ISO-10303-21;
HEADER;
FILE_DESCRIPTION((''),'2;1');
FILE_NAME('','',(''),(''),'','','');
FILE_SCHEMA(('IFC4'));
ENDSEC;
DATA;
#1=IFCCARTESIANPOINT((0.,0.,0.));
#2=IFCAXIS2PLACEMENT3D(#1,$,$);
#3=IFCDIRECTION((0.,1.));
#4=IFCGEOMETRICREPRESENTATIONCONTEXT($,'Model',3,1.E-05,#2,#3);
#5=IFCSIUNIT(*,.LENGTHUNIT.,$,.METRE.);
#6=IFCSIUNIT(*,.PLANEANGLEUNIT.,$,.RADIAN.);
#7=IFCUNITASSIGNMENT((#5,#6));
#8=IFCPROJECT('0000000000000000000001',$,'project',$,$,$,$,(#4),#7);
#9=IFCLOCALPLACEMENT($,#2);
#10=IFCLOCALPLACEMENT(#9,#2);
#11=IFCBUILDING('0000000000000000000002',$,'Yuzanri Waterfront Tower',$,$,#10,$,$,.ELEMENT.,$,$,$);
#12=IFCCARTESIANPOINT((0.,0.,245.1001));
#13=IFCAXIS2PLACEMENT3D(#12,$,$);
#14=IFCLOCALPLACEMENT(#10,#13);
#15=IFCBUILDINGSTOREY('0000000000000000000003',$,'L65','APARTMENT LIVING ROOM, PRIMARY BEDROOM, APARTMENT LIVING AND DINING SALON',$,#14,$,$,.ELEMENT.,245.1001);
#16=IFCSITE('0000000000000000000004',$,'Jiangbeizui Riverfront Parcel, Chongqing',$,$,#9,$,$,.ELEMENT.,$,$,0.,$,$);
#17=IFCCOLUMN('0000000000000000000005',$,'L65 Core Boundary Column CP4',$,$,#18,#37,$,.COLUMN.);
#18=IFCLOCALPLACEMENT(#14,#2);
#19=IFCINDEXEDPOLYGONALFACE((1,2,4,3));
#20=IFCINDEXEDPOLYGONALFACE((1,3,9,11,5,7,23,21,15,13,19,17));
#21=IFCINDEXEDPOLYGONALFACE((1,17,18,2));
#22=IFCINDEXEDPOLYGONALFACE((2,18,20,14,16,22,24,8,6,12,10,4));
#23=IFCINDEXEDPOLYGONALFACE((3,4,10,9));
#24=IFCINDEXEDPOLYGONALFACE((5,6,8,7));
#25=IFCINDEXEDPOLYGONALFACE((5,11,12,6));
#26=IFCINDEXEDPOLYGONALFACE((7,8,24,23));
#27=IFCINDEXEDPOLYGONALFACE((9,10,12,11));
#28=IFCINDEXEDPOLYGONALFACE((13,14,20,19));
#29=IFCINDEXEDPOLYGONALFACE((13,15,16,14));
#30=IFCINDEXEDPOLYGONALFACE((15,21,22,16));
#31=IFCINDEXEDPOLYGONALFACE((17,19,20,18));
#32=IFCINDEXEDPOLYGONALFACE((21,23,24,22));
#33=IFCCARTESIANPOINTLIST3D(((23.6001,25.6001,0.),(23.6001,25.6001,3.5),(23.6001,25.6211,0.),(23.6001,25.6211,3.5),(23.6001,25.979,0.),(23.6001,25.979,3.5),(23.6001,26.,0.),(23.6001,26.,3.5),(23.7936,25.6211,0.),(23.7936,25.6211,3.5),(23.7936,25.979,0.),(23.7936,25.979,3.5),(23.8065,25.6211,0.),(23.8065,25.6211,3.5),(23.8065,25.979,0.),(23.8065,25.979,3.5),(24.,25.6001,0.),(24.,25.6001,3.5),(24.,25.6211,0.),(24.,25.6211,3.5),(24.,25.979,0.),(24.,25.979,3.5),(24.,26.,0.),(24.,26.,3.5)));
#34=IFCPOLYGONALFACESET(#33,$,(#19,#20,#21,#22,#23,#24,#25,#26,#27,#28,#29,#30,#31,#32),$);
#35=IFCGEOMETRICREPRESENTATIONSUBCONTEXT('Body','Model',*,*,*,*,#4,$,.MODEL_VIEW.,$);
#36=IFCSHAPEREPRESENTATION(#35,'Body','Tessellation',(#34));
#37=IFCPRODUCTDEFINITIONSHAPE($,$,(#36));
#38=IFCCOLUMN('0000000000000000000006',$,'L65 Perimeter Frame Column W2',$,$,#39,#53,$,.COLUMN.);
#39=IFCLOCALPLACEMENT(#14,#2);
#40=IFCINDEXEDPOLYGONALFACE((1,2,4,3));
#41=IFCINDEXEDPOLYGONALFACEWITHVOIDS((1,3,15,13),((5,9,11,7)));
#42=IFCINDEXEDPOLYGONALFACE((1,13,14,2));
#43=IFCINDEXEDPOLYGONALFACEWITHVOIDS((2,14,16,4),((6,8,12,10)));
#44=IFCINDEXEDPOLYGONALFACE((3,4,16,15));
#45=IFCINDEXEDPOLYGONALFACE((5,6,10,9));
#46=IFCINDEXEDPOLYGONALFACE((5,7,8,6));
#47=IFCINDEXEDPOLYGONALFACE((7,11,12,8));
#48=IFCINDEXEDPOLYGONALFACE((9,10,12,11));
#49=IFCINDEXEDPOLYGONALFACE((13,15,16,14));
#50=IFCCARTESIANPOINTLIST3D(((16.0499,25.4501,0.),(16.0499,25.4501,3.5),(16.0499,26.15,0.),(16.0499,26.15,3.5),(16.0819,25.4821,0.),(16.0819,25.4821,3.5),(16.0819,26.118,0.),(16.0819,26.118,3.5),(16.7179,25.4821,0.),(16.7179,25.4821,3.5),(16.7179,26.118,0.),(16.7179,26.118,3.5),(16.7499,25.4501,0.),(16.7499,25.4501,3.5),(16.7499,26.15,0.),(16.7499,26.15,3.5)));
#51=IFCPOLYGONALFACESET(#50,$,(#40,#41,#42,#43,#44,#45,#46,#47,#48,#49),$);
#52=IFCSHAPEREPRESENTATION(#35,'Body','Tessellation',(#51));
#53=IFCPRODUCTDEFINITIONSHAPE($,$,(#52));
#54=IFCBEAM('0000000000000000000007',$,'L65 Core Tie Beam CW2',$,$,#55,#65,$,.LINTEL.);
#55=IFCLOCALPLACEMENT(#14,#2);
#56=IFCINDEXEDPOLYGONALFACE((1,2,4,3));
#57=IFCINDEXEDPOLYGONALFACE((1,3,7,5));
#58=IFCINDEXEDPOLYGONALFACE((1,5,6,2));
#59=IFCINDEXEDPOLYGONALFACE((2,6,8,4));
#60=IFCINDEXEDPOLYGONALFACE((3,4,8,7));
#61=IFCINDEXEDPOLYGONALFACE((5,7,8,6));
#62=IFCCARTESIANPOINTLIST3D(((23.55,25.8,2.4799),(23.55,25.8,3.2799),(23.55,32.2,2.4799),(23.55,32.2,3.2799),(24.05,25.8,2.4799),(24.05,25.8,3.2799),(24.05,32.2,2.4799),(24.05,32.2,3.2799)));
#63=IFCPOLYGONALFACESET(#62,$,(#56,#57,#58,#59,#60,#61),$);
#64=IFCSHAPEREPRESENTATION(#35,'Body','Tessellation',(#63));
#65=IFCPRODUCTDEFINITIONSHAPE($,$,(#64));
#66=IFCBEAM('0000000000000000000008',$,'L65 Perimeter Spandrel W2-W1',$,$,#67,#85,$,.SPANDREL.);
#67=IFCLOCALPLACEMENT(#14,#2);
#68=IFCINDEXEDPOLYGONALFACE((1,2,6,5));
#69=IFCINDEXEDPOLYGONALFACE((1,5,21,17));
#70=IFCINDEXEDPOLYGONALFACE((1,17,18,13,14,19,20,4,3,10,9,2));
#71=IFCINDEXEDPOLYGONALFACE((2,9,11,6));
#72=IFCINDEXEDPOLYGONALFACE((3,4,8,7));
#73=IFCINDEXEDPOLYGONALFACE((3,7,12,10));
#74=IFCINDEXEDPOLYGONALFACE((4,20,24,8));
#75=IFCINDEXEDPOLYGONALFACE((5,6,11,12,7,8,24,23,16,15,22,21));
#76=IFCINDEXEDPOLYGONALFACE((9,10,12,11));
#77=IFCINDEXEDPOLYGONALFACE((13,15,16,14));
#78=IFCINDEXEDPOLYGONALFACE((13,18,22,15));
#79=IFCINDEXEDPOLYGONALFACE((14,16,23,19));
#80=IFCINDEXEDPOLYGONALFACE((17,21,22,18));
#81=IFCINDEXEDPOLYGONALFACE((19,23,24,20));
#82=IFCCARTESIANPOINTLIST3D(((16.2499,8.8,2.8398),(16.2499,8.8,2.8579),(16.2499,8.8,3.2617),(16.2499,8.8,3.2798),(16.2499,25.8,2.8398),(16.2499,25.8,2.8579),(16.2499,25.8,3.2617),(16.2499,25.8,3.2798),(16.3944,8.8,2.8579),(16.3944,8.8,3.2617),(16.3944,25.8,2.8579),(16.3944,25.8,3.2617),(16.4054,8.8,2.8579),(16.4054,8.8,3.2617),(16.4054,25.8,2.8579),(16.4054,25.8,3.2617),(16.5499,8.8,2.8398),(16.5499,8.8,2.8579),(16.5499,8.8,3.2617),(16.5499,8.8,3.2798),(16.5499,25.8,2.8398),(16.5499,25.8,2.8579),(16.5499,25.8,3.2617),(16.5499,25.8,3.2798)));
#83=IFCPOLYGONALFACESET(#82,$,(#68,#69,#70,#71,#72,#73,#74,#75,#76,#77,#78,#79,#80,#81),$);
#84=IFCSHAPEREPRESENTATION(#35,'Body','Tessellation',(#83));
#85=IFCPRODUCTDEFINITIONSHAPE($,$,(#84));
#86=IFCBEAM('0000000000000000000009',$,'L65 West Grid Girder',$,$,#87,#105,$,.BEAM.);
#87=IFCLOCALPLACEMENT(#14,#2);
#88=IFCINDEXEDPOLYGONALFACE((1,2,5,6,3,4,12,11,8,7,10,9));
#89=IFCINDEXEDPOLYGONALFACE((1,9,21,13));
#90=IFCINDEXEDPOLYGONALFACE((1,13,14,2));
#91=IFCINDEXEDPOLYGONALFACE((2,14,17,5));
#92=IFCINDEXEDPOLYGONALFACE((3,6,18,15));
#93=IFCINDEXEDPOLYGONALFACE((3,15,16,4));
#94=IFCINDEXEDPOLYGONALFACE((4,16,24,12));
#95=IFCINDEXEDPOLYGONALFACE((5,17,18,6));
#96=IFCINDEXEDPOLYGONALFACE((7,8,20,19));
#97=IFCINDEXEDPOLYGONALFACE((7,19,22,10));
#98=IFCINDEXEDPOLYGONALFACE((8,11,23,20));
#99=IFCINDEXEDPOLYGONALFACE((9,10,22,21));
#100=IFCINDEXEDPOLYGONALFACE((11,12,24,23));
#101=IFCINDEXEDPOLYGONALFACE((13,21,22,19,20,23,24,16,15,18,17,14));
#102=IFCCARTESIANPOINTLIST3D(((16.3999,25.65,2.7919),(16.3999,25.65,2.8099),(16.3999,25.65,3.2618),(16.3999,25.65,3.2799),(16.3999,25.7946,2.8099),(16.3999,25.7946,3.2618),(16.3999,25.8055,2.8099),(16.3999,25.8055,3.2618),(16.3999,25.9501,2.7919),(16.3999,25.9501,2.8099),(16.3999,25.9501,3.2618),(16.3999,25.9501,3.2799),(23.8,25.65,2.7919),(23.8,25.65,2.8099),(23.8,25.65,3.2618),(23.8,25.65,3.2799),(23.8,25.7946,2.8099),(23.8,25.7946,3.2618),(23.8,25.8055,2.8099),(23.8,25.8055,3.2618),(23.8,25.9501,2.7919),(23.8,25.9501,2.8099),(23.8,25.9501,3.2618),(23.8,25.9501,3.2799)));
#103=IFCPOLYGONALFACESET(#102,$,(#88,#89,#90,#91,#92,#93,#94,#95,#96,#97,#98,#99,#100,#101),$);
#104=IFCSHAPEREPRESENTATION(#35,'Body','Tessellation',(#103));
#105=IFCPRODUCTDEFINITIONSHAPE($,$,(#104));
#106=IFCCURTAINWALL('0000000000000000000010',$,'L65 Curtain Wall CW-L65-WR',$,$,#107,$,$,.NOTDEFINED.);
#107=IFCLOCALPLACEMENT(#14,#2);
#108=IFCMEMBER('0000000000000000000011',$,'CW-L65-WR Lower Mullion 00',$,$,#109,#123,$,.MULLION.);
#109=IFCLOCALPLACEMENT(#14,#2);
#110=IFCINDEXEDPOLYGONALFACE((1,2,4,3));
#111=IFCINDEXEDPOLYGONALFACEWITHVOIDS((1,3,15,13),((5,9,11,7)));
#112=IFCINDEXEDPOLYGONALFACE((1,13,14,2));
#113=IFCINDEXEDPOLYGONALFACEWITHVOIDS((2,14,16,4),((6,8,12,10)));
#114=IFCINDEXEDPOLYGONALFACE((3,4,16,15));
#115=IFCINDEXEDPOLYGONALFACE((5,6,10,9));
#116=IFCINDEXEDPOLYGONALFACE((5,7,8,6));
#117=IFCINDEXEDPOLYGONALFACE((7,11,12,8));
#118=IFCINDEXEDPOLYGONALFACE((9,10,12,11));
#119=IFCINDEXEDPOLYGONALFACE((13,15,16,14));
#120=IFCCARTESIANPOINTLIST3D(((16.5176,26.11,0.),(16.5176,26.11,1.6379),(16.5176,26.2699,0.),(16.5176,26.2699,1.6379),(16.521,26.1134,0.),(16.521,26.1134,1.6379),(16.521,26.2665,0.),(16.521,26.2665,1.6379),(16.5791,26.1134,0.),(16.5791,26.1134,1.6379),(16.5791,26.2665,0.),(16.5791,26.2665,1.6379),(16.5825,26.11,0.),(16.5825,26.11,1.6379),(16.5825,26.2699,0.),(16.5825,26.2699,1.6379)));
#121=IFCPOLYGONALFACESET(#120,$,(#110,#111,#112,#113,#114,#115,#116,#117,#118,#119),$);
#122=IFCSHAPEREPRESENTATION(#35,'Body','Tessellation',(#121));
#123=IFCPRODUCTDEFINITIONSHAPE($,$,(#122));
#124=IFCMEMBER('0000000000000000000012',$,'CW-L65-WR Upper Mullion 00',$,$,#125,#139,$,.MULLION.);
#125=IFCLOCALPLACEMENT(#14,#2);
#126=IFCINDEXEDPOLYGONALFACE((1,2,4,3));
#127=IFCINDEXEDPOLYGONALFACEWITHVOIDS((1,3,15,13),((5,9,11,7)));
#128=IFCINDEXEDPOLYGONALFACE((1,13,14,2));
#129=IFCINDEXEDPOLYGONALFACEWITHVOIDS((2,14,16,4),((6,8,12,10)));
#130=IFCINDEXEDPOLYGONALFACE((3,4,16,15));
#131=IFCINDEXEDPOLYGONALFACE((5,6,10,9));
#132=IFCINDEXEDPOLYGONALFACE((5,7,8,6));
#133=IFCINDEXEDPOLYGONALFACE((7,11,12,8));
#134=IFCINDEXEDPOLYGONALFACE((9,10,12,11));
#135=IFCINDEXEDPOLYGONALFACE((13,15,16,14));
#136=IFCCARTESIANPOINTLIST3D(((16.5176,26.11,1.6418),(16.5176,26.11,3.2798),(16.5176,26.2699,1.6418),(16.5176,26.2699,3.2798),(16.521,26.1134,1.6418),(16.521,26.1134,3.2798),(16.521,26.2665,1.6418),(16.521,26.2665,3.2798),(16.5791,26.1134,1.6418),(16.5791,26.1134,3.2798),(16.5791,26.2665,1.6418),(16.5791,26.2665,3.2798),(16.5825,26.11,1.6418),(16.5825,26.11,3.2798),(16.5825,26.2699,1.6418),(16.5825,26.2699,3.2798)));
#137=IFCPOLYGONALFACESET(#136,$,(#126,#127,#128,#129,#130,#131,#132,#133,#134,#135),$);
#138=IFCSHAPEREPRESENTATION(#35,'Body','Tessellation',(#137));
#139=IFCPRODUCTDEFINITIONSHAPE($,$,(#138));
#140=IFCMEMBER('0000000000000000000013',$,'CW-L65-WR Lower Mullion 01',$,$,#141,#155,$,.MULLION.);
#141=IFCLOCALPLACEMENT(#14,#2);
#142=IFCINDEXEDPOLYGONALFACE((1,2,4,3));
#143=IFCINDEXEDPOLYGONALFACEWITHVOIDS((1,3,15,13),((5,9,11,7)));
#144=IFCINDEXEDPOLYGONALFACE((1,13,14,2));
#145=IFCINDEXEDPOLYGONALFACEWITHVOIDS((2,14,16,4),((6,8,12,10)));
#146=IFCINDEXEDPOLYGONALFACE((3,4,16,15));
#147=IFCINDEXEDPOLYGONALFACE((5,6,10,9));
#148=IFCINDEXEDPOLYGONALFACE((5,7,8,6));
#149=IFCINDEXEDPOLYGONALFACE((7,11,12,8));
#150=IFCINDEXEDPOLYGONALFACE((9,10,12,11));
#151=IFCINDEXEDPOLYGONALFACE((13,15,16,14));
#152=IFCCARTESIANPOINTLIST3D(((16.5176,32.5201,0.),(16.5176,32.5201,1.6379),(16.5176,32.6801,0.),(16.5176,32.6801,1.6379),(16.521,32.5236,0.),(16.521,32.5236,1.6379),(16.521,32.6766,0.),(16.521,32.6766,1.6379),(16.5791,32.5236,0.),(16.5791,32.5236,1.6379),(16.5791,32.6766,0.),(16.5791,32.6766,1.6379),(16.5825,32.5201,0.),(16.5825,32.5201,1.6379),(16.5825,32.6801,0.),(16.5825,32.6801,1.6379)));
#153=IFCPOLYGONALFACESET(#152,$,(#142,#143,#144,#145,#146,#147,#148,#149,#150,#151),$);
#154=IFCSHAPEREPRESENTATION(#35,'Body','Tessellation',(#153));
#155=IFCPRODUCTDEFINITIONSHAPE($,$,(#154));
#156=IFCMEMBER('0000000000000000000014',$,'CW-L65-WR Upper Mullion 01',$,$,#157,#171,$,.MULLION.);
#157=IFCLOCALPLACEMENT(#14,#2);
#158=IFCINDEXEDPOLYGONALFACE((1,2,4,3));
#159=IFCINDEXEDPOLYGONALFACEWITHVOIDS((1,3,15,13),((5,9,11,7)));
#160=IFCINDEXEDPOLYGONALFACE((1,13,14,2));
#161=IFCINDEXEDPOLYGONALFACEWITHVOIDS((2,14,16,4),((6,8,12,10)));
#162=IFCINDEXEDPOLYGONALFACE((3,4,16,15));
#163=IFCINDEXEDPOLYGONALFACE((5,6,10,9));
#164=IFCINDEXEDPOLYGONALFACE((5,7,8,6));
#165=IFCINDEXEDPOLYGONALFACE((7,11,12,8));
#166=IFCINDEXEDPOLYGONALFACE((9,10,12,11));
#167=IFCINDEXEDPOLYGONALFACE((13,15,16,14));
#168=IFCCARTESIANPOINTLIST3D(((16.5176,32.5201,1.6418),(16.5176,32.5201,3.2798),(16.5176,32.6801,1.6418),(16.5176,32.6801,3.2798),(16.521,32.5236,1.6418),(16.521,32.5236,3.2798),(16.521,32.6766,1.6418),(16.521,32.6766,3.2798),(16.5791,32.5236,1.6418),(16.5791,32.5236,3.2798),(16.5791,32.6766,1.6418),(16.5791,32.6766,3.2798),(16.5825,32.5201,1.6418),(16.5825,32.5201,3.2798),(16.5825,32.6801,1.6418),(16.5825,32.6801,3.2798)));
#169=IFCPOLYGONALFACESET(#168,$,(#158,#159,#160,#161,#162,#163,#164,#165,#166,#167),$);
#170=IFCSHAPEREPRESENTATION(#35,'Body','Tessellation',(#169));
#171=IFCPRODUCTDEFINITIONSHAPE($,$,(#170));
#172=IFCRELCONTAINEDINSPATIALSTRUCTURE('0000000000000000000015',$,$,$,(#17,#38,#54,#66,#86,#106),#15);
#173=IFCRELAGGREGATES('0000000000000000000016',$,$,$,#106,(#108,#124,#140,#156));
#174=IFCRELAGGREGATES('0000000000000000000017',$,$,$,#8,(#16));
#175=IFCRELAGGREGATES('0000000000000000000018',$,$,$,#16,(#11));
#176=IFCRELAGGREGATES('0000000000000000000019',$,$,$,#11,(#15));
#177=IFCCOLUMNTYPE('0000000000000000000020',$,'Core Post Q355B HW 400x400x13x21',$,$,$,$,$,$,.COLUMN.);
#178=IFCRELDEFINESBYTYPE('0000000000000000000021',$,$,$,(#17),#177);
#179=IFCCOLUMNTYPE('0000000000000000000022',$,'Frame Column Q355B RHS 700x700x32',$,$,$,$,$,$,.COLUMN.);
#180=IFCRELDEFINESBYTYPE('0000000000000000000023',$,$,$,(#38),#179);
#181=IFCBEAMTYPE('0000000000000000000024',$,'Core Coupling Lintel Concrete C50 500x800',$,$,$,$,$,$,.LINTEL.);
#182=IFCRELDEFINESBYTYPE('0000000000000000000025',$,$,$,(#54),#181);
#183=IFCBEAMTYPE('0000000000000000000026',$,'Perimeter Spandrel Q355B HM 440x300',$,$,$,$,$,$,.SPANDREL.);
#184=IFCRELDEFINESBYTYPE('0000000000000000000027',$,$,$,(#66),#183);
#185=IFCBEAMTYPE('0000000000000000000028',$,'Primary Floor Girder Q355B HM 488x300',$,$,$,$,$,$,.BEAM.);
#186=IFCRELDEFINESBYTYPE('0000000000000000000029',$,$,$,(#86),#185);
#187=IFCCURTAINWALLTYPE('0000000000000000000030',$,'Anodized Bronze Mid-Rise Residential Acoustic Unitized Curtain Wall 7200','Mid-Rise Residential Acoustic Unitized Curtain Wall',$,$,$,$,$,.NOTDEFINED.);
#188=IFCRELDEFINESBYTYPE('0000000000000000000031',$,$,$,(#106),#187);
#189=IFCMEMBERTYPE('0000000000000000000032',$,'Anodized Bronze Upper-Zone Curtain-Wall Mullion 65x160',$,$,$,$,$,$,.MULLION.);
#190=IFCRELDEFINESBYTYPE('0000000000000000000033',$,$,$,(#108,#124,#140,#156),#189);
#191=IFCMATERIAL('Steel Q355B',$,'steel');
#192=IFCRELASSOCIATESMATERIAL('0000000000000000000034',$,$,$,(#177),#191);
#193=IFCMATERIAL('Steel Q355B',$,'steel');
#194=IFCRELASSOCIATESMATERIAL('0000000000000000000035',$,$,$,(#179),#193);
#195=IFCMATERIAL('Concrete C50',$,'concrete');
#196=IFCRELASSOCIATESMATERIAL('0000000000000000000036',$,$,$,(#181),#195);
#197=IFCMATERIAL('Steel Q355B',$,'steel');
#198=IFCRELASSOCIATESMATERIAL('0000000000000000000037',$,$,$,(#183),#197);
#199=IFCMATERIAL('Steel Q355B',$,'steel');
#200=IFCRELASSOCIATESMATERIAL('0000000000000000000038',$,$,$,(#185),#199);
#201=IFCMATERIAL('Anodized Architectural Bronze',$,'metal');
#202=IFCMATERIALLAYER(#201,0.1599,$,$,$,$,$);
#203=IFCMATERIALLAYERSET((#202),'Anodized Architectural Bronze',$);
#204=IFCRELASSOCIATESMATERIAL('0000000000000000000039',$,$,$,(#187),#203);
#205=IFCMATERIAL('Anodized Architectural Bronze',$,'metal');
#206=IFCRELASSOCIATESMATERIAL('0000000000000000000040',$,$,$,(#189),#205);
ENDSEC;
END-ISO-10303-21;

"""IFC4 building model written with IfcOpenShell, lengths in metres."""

from ifc_helpers import new_model, si_unit, direction, frame, origin, origin_2d, place, context, subcontext, project, spatial, rectangle, hollow_rectangle, i_section, extrude, source, transform, mapped, material, layer, layer_set, material_profile, profile_set, type_object, element, aggregate, save


model = new_model("IFC4")

# Units and contexts
model_context = context("Model", 3, precision=1e-05, world=origin(), true_north=direction((0.0, 1.0)))
body_context = subcontext(model_context, "Body", "Model", "MODEL_VIEW")
ifc_project = project(units=[si_unit("LENGTHUNIT", "METRE"), si_unit("PLANEANGLEUNIT", "RADIAN")], contexts=[model_context])

# Site, building, storey
site_placement = place(None, origin())
site = spatial("IfcSite", under=ifc_project, at=site_placement, Name="Jiangbeizui Riverfront Parcel, Chongqing", CompositionType="ELEMENT", RefElevation=0.0)
building_placement = place(site_placement, origin())
building = spatial("IfcBuilding", under=site, at=building_placement, Name="Yuzanri Waterfront Tower", CompositionType="ELEMENT")
storey_placement = place(building_placement, frame((0.0, 0.0, 245.1001)))
storey = spatial("IfcBuildingStorey", under=building, at=storey_placement, Name="L65", Description="APARTMENT LIVING ROOM, PRIMARY BEDROOM, APARTMENT LIVING AND DINING SALON", CompositionType="ELEMENT", Elevation=245.1001)

# Columns
ifc_material_1 = material(Name="Steel Q355B", Category="steel")
ifc_material_profile_1 = material_profile(ifc_material_1, i_section(OverallWidth=0.3999, OverallDepth=0.3999, WebThickness=0.0129, FlangeThickness=0.021, at=origin_2d()), Name="HW 400x400x13x21")
ifc_profile_set_1 = profile_set([ifc_material_profile_1], Name="Steel Q355B")
column_type_1 = type_object("IfcColumnType", Name="Core Post Q355B HW 400x400x13x21", PredefinedType="COLUMN", material=ifc_profile_set_1)
shared_shape_1 = source(origin(), body_context, "Body", "SweptSolid", [
    extrude(i_section(OverallWidth=0.3999, OverallDepth=0.3999, WebThickness=0.0129, FlangeThickness=0.021, at=origin_2d()), origin(), (0.0, 0.0, 1.0), 3.5),
])
column_1_placement = place(storey_placement, frame((23.8, 25.8, 0.0), z_axis=(0.0, 0.0, 1.0), x_axis=(1.0, 0.0, 0.0)))
element("IfcColumn", 1, at=column_1_placement, inside=storey, type_object=column_type_1, Name="L65 Core Boundary Column CP4", PredefinedType="COLUMN", context=body_context, shape_type="MappedRepresentation", body=[
    mapped(shared_shape_1, transform((0.0, 0.0, 0.0), scale=1.0)),
])
ifc_material_2 = material(Name="Steel Q355B", Category="steel")
ifc_material_profile_2 = material_profile(ifc_material_2, hollow_rectangle(XDim=0.7, YDim=0.7, WallThickness=0.032, at=origin_2d()), Name="RHS 700x700x32")
ifc_profile_set_2 = profile_set([ifc_material_profile_2], Name="Steel Q355B")
column_type_2 = type_object("IfcColumnType", Name="Frame Column Q355B RHS 700x700x32", PredefinedType="COLUMN", material=ifc_profile_set_2)
shared_shape_2 = source(origin(), body_context, "Body", "SweptSolid", [
    extrude(hollow_rectangle(XDim=0.7, YDim=0.7, WallThickness=0.032, at=origin_2d()), origin(), (0.0, 0.0, 1.0), 3.5),
])
column_2_placement = place(storey_placement, frame((16.3999, 25.8, 0.0), z_axis=(0.0, 0.0, 1.0), x_axis=(1.0, 0.0, 0.0)))
element("IfcColumn", 2, at=column_2_placement, inside=storey, type_object=column_type_2, Name="L65 Perimeter Frame Column W2", PredefinedType="COLUMN", context=body_context, shape_type="MappedRepresentation", body=[
    mapped(shared_shape_2, transform((0.0, 0.0, 0.0), scale=1.0)),
])

# Beams
ifc_material_3 = material(Name="Concrete C50", Category="concrete")
ifc_material_profile_3 = material_profile(ifc_material_3, rectangle(XDim=0.5, YDim=0.8, at=origin_2d()), Name="RC 500x800")
ifc_profile_set_3 = profile_set([ifc_material_profile_3], Name="Concrete C50")
beam_type_1 = type_object("IfcBeamType", Name="Core Coupling Lintel Concrete C50 500x800", PredefinedType="LINTEL", material=ifc_profile_set_3)
shared_shape_3 = source(origin(), body_context, "Body", "SweptSolid", [
    extrude(rectangle(XDim=0.5, YDim=0.8, at=origin_2d()), origin(), (0.0, 0.0, 1.0), 6.3999),
])
beam_1_placement = place(storey_placement, frame((23.8, 25.8, 2.8799), z_axis=(0.0, 1.0, 0.0), x_axis=(-1.0, 0.0, 0.0)))
element("IfcBeam", 3, at=beam_1_placement, inside=storey, type_object=beam_type_1, Name="L65 Core Tie Beam CW2", PredefinedType="LINTEL", context=body_context, shape_type="MappedRepresentation", body=[
    mapped(shared_shape_3, transform((0.0, 0.0, 0.0), scale=1.0)),
])
ifc_material_4 = material(Name="Steel Q355B", Category="steel")
ifc_material_profile_4 = material_profile(ifc_material_4, i_section(OverallWidth=0.3, OverallDepth=0.4399, WebThickness=0.011, FlangeThickness=0.0181, at=origin_2d()), Name="HM 440x300x11x18")
ifc_profile_set_4 = profile_set([ifc_material_profile_4], Name="Steel Q355B")
beam_type_2 = type_object("IfcBeamType", Name="Perimeter Spandrel Q355B HM 440x300", PredefinedType="SPANDREL", material=ifc_profile_set_4)
shared_shape_4 = source(origin(), body_context, "Body", "SweptSolid", [
    extrude(i_section(OverallWidth=0.3, OverallDepth=0.4399, WebThickness=0.011, FlangeThickness=0.0181, at=origin_2d()), origin(), (0.0, 0.0, 1.0), 17.0),
])
beam_2_placement = place(storey_placement, frame((16.3999, 25.8, 3.0598), z_axis=(0.0, -1.0, 0.0), x_axis=(1.0, 0.0, 0.0)))
element("IfcBeam", 4, at=beam_2_placement, inside=storey, type_object=beam_type_2, Name="L65 Perimeter Spandrel W2-W1", PredefinedType="SPANDREL", context=body_context, shape_type="MappedRepresentation", body=[
    mapped(shared_shape_4, transform((0.0, 0.0, 0.0), scale=1.0)),
])
ifc_material_5 = material(Name="Steel Q355B", Category="steel")
ifc_material_profile_5 = material_profile(ifc_material_5, i_section(OverallWidth=0.3, OverallDepth=0.488, WebThickness=0.011, FlangeThickness=0.0181, at=origin_2d()), Name="HM 488x300x11x18")
ifc_profile_set_5 = profile_set([ifc_material_profile_5], Name="Steel Q355B")
beam_type_3 = type_object("IfcBeamType", Name="Primary Floor Girder Q355B HM 488x300", PredefinedType="BEAM", material=ifc_profile_set_5)
shared_shape_5 = source(origin(), body_context, "Body", "SweptSolid", [
    extrude(i_section(OverallWidth=0.3, OverallDepth=0.488, WebThickness=0.011, FlangeThickness=0.0181, at=origin_2d()), origin(), (0.0, 0.0, 1.0), 7.4001),
])
beam_3_placement = place(storey_placement, frame((23.8, 25.8, 3.0359), z_axis=(-1.0, 0.0, 0.0), x_axis=(0.0, -1.0, 0.0)))
element("IfcBeam", 5, at=beam_3_placement, inside=storey, type_object=beam_type_3, Name="L65 West Grid Girder", PredefinedType="BEAM", context=body_context, shape_type="MappedRepresentation", body=[
    mapped(shared_shape_5, transform((0.0, 0.0, 0.0), scale=1.0)),
])

# Curtain wall, members
ifc_material_6 = material(Name="Anodized Architectural Bronze", Category="metal")
ifc_layer_1 = layer(ifc_material_6, 0.1599)
ifc_layer_set_1 = layer_set([ifc_layer_1], Name="Anodized Architectural Bronze")
curtain_wall_type = type_object("IfcCurtainWallType", Name="Anodized Bronze Mid-Rise Residential Acoustic Unitized Curtain Wall 7200", Description="Mid-Rise Residential Acoustic Unitized Curtain Wall", PredefinedType="NOTDEFINED", material=ifc_layer_set_1)
curtain_wall_placement = place(storey_placement, origin())
curtain_wall = element("IfcCurtainWall", 6, at=curtain_wall_placement, inside=storey, type_object=curtain_wall_type, Name="L65 Curtain Wall CW-L65-WR", PredefinedType="NOTDEFINED")
ifc_material_7 = material(Name="Anodized Architectural Bronze", Category="metal")
ifc_material_profile_6 = material_profile(ifc_material_7, hollow_rectangle(XDim=0.0649, YDim=0.1599, WallThickness=0.0034, at=origin_2d()), Name="CWM 65x160")
ifc_profile_set_6 = profile_set([ifc_material_profile_6], Name="Anodized Architectural Bronze")
member_type_1 = type_object("IfcMemberType", Name="Anodized Bronze Upper-Zone Curtain-Wall Mullion 65x160", PredefinedType="MULLION", material=ifc_profile_set_6)
shared_shape_6 = source(origin(), body_context, "Body", "SweptSolid", [
    extrude(hollow_rectangle(XDim=0.0649, YDim=0.1599, WallThickness=0.0034, at=origin_2d()), origin(), (0.0, 0.0, 1.0), 1.6379),
])
member_1_placement = place(storey_placement, frame((16.55, 26.1899, 0.0), z_axis=(0.0, 0.0, 1.0), x_axis=(1.0, 0.0, 0.0)))
member_1 = element("IfcMember", 7, at=member_1_placement, type_object=member_type_1, Name="CW-L65-WR Lower Mullion 00", PredefinedType="MULLION", context=body_context, shape_type="MappedRepresentation", body=[
    mapped(shared_shape_6, transform((0.0, 0.0, 0.0), scale=1.0)),
])
member_2_placement = place(storey_placement, frame((16.55, 26.1899, 1.6418), z_axis=(0.0, 0.0, 1.0), x_axis=(1.0, 0.0, 0.0)))
member_2 = element("IfcMember", 8, at=member_2_placement, type_object=member_type_1, Name="CW-L65-WR Upper Mullion 00", PredefinedType="MULLION", context=body_context, shape_type="MappedRepresentation", body=[
    mapped(shared_shape_6, transform((0.0, 0.0, 0.0), scale=1.0)),
])
member_3_placement = place(storey_placement, frame((16.55, 32.6001, 0.0), z_axis=(0.0, 0.0, 1.0), x_axis=(1.0, 0.0, 0.0)))
member_3 = element("IfcMember", 9, at=member_3_placement, type_object=member_type_1, Name="CW-L65-WR Lower Mullion 01", PredefinedType="MULLION", context=body_context, shape_type="MappedRepresentation", body=[
    mapped(shared_shape_6, transform((0.0, 0.0, 0.0), scale=1.0)),
])
member_4_placement = place(storey_placement, frame((16.55, 32.6001, 1.6418), z_axis=(0.0, 0.0, 1.0), x_axis=(1.0, 0.0, 0.0)))
member_4 = element("IfcMember", 10, at=member_4_placement, type_object=member_type_1, Name="CW-L65-WR Upper Mullion 01", PredefinedType="MULLION", context=body_context, shape_type="MappedRepresentation", body=[
    mapped(shared_shape_6, transform((0.0, 0.0, 0.0), scale=1.0)),
])
aggregate(curtain_wall, [member_1, member_2, member_3, member_4])

save(model, "model.ifc")
